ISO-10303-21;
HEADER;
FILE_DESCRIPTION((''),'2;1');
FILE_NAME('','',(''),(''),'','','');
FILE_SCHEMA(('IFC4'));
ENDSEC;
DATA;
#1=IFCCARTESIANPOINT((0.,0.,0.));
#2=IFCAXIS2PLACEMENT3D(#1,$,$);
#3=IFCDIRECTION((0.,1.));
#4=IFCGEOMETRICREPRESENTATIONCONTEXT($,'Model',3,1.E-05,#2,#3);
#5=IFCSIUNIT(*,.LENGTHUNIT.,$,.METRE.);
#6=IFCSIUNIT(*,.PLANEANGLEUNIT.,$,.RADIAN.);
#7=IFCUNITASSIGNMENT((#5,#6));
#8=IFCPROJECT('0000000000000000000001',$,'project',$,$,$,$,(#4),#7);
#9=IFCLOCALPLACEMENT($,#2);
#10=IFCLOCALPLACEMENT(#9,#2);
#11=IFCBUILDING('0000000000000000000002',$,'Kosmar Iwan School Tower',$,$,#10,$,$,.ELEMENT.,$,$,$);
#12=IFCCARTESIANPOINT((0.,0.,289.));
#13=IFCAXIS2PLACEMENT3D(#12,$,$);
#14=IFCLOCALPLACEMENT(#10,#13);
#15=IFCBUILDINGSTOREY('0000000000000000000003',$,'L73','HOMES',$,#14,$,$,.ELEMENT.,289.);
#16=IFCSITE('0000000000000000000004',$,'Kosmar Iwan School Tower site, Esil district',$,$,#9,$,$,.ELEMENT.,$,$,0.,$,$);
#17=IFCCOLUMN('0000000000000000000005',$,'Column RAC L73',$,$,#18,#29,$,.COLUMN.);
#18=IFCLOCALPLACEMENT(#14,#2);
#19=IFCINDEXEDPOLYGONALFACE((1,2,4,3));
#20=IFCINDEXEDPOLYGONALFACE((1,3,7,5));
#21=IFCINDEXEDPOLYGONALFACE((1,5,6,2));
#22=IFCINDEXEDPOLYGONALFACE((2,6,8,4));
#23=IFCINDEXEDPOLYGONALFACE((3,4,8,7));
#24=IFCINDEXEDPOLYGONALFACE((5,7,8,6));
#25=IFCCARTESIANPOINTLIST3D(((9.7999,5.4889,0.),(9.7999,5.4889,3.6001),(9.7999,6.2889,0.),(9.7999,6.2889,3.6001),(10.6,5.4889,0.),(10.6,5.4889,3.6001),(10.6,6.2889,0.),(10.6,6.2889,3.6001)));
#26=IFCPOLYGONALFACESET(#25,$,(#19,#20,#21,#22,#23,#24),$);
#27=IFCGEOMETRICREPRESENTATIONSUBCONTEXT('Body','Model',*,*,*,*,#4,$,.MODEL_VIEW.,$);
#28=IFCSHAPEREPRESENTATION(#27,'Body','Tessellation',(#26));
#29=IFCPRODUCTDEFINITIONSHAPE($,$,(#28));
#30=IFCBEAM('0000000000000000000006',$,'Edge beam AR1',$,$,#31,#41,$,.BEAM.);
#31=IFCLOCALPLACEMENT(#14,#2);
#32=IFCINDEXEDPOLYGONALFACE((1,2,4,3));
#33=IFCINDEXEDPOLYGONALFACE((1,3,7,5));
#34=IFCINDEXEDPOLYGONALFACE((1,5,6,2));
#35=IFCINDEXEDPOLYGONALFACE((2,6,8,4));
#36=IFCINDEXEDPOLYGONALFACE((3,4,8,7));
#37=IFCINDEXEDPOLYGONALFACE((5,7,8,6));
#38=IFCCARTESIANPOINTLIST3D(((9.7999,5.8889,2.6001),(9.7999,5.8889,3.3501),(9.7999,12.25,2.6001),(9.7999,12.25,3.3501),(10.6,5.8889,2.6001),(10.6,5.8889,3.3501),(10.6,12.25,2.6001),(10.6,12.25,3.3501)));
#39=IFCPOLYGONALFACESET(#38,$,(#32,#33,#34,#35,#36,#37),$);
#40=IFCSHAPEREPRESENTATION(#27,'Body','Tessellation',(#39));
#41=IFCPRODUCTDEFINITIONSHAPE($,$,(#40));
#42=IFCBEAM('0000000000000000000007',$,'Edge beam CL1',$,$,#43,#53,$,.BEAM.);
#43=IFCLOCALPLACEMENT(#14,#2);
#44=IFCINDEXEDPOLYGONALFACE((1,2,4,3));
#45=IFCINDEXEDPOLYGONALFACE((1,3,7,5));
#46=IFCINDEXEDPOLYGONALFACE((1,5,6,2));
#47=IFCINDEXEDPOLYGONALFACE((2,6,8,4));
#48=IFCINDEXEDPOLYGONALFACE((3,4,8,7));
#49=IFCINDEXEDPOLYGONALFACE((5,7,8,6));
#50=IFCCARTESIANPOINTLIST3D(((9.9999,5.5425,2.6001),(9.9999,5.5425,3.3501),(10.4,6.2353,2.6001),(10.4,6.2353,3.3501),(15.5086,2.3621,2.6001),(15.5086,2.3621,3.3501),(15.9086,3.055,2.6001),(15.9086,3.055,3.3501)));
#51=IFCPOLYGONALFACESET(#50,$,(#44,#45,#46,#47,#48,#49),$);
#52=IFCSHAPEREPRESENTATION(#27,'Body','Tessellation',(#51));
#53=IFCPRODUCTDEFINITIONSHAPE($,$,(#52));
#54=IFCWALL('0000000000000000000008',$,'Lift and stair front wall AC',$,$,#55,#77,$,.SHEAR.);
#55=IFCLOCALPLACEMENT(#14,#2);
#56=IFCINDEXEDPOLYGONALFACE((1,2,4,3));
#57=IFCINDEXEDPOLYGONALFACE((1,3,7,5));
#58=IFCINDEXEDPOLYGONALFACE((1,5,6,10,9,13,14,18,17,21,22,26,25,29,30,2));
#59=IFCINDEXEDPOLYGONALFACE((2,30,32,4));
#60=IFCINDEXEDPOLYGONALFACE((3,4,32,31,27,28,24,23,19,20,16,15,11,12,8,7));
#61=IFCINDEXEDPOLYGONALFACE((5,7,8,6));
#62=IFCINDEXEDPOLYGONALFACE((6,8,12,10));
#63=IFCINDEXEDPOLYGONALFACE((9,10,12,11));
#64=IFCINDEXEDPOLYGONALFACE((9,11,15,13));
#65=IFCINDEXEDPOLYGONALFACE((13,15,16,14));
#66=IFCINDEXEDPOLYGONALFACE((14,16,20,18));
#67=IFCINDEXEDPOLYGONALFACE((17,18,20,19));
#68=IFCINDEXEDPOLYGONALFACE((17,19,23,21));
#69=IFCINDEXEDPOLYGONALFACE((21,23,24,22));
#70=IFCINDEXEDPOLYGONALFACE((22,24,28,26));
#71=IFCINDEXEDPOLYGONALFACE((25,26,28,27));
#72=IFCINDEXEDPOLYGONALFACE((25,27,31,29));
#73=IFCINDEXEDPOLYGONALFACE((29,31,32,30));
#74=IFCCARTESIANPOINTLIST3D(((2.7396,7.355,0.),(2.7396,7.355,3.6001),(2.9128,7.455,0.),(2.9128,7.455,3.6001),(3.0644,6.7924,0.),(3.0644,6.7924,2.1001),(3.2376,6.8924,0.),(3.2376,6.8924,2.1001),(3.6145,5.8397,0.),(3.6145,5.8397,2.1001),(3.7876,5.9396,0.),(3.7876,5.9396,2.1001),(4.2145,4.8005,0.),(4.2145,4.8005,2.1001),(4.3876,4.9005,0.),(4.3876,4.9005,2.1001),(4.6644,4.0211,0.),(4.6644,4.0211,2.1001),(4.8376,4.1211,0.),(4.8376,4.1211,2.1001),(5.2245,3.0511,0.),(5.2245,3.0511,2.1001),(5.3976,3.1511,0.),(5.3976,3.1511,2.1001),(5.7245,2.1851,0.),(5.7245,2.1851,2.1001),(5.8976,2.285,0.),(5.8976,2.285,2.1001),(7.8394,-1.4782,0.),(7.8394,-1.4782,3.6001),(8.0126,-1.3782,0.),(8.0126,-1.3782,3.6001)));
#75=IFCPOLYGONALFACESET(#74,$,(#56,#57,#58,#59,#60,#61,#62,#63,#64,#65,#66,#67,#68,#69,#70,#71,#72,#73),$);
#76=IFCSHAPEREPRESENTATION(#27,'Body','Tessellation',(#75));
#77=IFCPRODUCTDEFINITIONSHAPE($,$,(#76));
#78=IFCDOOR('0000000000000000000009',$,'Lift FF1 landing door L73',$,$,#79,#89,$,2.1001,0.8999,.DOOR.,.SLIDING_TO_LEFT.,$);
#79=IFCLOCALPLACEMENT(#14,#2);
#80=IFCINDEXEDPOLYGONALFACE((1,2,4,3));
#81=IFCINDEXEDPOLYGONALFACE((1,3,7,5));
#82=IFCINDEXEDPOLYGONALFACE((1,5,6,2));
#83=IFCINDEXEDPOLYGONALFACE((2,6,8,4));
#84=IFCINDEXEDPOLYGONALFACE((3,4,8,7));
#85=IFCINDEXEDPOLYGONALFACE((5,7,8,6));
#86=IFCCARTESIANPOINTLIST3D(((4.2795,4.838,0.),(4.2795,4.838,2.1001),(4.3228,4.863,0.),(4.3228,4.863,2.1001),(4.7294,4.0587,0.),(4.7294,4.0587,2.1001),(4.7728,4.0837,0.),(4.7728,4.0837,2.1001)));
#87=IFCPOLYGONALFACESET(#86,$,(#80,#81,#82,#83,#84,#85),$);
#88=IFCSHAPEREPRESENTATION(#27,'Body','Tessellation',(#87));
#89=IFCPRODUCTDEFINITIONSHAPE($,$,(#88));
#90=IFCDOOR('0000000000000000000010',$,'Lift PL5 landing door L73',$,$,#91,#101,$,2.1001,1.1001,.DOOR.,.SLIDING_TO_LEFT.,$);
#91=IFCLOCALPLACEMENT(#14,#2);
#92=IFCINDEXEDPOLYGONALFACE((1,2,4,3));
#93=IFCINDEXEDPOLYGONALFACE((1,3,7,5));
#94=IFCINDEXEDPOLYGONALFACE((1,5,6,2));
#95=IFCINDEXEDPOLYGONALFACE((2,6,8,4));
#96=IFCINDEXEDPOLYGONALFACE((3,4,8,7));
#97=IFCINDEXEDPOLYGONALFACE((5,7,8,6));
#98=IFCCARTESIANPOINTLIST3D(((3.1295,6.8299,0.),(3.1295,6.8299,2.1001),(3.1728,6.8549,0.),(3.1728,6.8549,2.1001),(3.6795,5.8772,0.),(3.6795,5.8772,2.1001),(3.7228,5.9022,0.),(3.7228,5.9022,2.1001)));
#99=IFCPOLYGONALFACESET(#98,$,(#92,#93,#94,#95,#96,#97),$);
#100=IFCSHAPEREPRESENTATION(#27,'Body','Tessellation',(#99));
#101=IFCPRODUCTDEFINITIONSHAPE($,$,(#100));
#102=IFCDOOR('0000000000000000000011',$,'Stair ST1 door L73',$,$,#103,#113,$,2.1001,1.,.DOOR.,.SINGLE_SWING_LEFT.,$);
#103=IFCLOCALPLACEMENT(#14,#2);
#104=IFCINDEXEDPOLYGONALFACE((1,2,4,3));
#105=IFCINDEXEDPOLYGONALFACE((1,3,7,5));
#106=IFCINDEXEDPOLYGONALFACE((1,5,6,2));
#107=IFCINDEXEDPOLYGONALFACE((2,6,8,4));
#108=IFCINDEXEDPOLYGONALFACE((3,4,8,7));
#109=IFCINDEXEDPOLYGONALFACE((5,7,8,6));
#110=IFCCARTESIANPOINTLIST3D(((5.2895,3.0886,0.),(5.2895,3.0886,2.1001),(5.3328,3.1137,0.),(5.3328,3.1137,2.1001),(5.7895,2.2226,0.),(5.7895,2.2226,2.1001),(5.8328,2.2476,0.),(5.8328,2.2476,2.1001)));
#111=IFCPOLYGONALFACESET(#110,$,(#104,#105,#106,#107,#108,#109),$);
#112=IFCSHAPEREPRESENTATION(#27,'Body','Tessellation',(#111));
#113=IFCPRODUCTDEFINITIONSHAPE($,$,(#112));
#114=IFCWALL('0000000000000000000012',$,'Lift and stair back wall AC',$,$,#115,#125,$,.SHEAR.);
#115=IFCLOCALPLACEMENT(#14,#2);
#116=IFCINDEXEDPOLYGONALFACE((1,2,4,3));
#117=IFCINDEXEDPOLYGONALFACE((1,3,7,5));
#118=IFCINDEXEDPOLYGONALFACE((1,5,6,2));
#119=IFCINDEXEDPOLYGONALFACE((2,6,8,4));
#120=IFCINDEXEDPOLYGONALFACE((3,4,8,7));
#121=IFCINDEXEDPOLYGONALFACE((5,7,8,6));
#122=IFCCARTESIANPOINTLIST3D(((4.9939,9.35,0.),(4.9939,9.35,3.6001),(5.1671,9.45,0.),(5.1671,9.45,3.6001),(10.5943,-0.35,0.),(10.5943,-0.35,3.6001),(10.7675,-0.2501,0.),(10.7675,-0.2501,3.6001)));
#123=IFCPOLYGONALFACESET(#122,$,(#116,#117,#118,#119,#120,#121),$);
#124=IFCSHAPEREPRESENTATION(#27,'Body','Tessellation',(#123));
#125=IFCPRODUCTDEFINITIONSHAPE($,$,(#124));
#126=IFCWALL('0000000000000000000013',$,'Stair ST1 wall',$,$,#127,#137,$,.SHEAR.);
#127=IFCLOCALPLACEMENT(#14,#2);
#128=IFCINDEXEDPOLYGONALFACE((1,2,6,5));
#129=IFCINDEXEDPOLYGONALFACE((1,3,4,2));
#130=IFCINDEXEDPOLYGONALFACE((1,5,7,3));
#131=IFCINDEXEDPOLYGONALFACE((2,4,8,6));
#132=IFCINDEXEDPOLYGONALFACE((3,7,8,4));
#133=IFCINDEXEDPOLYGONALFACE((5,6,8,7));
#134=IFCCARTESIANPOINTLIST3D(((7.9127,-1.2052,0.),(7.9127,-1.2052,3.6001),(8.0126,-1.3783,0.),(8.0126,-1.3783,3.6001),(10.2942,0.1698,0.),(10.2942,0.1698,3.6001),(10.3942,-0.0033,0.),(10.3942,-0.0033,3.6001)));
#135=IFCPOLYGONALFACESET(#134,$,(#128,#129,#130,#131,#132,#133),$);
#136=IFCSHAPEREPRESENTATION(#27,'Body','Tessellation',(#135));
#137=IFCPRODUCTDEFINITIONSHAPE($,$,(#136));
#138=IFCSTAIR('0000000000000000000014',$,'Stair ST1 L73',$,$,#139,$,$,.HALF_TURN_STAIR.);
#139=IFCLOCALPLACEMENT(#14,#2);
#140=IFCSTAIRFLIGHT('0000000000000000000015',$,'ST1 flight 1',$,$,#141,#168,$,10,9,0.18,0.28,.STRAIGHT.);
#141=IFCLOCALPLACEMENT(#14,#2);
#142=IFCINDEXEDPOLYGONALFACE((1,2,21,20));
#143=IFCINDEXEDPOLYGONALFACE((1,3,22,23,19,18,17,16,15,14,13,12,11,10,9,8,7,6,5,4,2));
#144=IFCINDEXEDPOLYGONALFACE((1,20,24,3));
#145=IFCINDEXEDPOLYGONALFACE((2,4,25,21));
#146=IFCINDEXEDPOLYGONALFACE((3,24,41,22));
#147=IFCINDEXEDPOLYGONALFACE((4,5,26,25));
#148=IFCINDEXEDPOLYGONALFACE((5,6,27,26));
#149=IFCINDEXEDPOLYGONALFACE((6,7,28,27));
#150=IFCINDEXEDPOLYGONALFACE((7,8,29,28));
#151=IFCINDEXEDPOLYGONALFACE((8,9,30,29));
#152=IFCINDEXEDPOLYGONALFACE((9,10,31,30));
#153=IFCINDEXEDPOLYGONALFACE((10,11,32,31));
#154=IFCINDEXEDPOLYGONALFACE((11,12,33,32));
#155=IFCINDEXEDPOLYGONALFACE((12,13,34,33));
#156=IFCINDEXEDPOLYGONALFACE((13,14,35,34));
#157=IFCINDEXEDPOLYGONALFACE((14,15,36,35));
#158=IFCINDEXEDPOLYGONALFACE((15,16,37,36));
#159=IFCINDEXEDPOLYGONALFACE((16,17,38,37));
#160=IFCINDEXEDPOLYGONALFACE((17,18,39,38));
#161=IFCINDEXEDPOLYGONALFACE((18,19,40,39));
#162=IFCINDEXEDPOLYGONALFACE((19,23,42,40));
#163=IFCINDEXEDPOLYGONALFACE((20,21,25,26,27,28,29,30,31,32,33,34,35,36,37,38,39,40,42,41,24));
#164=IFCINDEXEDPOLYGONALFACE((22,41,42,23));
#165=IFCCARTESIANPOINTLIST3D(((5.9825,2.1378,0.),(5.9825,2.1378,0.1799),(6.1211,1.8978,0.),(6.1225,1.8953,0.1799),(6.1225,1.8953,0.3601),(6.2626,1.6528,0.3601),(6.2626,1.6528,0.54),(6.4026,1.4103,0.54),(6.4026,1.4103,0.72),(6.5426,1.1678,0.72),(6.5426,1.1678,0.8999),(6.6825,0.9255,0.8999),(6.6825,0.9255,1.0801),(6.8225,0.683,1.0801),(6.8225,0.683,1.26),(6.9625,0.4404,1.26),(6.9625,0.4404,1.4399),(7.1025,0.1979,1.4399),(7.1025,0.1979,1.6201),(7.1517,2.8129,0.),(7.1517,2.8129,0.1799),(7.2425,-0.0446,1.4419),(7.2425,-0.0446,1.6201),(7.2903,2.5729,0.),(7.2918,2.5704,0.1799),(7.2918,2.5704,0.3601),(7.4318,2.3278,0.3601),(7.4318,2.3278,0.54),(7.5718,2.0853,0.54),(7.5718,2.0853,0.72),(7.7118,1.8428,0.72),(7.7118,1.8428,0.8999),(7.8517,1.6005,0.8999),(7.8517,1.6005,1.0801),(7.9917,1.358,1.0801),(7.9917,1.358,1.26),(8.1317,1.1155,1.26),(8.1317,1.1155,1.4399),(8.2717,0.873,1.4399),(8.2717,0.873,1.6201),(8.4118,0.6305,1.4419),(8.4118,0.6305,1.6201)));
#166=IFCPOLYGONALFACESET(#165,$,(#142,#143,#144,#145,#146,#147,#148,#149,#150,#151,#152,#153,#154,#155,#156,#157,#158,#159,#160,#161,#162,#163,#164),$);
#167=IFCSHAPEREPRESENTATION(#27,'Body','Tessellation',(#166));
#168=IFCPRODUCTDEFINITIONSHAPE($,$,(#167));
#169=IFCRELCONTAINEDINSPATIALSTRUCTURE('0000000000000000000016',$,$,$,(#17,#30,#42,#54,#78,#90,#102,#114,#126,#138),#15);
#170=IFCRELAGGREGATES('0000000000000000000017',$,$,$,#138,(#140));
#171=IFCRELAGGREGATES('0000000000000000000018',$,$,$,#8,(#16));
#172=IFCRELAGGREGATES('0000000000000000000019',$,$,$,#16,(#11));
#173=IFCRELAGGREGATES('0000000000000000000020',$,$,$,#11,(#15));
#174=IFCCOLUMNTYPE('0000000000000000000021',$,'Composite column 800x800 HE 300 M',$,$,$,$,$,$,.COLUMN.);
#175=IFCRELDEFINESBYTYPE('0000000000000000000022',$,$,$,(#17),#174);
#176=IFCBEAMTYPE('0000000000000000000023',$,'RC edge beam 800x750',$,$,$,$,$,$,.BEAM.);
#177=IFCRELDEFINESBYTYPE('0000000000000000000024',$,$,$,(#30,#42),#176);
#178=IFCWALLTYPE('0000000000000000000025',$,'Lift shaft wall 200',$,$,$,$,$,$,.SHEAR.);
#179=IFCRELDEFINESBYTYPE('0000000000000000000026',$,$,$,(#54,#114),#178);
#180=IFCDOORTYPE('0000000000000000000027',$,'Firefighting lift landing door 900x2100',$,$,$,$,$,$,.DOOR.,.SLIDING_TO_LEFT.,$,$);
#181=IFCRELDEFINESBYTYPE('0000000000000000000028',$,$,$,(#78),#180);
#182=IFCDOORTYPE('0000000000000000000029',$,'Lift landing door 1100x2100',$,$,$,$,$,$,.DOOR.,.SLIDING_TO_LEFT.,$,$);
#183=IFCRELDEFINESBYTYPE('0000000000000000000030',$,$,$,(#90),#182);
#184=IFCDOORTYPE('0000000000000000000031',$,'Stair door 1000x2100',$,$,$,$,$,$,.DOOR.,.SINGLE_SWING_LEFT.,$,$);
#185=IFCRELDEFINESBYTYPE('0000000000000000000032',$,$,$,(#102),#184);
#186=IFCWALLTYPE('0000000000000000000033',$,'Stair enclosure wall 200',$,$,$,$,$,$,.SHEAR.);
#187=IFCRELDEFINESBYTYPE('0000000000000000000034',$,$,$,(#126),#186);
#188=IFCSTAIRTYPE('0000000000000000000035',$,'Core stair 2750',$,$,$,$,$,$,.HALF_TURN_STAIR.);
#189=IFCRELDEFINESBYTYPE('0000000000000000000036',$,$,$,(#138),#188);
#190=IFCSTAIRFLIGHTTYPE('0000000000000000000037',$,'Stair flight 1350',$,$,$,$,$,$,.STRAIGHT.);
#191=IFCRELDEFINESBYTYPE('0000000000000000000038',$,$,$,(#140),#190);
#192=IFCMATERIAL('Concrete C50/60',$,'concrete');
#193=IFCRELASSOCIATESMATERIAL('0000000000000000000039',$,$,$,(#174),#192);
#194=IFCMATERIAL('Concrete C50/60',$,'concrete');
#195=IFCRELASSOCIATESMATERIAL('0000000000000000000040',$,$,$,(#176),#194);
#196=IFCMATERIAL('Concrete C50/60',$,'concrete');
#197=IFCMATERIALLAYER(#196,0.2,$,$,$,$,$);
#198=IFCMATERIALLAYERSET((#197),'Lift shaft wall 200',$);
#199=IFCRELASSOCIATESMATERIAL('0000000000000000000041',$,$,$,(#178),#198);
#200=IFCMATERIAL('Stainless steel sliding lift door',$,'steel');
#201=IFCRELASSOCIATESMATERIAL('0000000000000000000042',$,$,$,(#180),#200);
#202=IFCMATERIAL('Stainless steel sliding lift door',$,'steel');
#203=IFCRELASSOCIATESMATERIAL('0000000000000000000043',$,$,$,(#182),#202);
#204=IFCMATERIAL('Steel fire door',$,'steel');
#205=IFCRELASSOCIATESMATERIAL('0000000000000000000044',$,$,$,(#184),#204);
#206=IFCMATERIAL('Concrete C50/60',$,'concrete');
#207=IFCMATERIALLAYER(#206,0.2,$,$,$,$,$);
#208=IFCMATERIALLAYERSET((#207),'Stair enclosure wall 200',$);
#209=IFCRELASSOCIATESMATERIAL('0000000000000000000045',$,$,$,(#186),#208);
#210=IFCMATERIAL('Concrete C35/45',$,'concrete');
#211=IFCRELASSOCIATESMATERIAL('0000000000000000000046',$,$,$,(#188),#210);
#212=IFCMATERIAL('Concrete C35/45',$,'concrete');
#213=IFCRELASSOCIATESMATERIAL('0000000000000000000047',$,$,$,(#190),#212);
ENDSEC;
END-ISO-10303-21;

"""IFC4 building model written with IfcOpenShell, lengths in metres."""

from ifc_helpers import new_model, si_unit, direction, frame, frame_2d, origin, origin_2d, place, context, subcontext, project, spatial, polyline, rectangle, outline, extrude, material, layer, layer_set, material_profile, profile_set, type_object, element, fill, aggregate, save


model = new_model("IFC4")

# Units and contexts
model_context = context("Model", 3, precision=1e-05, world=origin(), true_north=direction((0.0, 1.0)))
body_context = subcontext(model_context, "Body", "Model", "MODEL_VIEW")
ifc_project = project(units=[si_unit("LENGTHUNIT", "METRE"), si_unit("PLANEANGLEUNIT", "RADIAN")], contexts=[model_context])

# Site, building, storey
site_placement = place(None, origin())
site = spatial("IfcSite", under=ifc_project, at=site_placement, Name="Kosmar Iwan School Tower site, Esil district", CompositionType="ELEMENT", RefElevation=0.0)
building_placement = place(site_placement, origin())
building = spatial("IfcBuilding", under=site, at=building_placement, Name="Kosmar Iwan School Tower", CompositionType="ELEMENT")
storey_placement = place(building_placement, frame((0.0, 0.0, 289.0)))
storey = spatial("IfcBuildingStorey", under=building, at=storey_placement, Name="L73", Description="HOMES", CompositionType="ELEMENT", Elevation=289.0)

# Column
ifc_material_1 = material(Name="Concrete C50/60", Category="concrete")
ifc_material_profile_1 = material_profile(ifc_material_1, rectangle(XDim=0.8, YDim=0.8, at=origin_2d()), Name="RC 800x800 + HE 300 M")
ifc_profile_set_1 = profile_set([ifc_material_profile_1], Name="Concrete C50/60")
column_type = type_object("IfcColumnType", Name="Composite column 800x800 HE 300 M", PredefinedType="COLUMN", material=ifc_profile_set_1)
column_placement = place(storey_placement, frame((10.2, 5.8889, 0.0), z_axis=(0.0, 0.0, 1.0), x_axis=(1.0, 0.0, 0.0)))
element("IfcColumn", 1, at=column_placement, inside=storey, type_object=column_type, Name="Column RAC L73", PredefinedType="COLUMN", context=body_context, shape_type="SweptSolid", body=[
    extrude(rectangle(XDim=0.8, YDim=0.8, at=origin_2d()), origin(), (0.0, 0.0, 1.0), 3.6001),
])

# Beams
ifc_material_2 = material(Name="Concrete C50/60", Category="concrete")
ifc_material_profile_2 = material_profile(ifc_material_2, rectangle(XDim=0.8, YDim=0.75, at=origin_2d()), Name="RC 800x750")
ifc_profile_set_2 = profile_set([ifc_material_profile_2], Name="Concrete C50/60")
beam_type = type_object("IfcBeamType", Name="RC edge beam 800x750", PredefinedType="BEAM", material=ifc_profile_set_2)
beam_1_placement = place(storey_placement, frame((10.2, 5.8889, 2.9751), z_axis=(0.0, 1.0, 0.0), x_axis=(-1.0, 0.0, 0.0)))
element("IfcBeam", 2, at=beam_1_placement, inside=storey, type_object=beam_type, Name="Edge beam AR1", PredefinedType="BEAM", context=body_context, shape_type="SweptSolid", body=[
    extrude(rectangle(XDim=0.8, YDim=0.75, at=origin_2d()), origin(), (0.0, 0.0, 1.0), 6.3611),
])
beam_2_placement = place(storey_placement, frame((10.2, 5.8889, 2.9751), z_axis=(0.866031, -0.49999, 0.0), x_axis=(0.49999, 0.866031, 0.0)))
element("IfcBeam", 3, at=beam_2_placement, inside=storey, type_object=beam_type, Name="Edge beam CL1", PredefinedType="BEAM", context=body_context, shape_type="SweptSolid", body=[
    extrude(rectangle(XDim=0.8, YDim=0.75, at=origin_2d()), origin(), (0.0, 0.0, 1.0), 6.3608),
])

# Wall, openings, doors
ifc_material_3 = material(Name="Concrete C50/60", Category="concrete")
ifc_layer_1 = layer(ifc_material_3, 0.2)
ifc_layer_set_1 = layer_set([ifc_layer_1], Name="Lift shaft wall 200")
wall_type_1 = type_object("IfcWallType", Name="Lift shaft wall 200", PredefinedType="SHEAR", material=ifc_layer_set_1)
wall_1_placement = place(storey_placement, frame((7.926, -1.4282, 0.0), z_axis=(0.0, 0.0, 1.0), x_axis=(-0.499998, 0.866027, 0.0)))
wall_1 = element("IfcWall", 4, at=wall_1_placement, inside=storey, type_object=wall_type_1, Name="Lift and stair front wall AC", PredefinedType="SHEAR", context=body_context, shape_type="SweptSolid", body=[
    extrude(rectangle(XDim=10.1997, YDim=0.2, at=frame_2d((5.0999, 0.0))), origin(), (0.0, 0.0, 1.0), 3.6001),
])
opening_1_placement = place(wall_1_placement, frame((6.3501, 0.0, 0.0)))
opening_1 = element("IfcOpeningElement", 5, at=opening_1_placement, cuts=wall_1, PredefinedType="OPENING", context=body_context, shape_type="SweptSolid", body=[
    extrude(rectangle(XDim=0.8999, YDim=2.1001, at=frame_2d((0.45, 1.05))), frame((0.0, 0.1121, 0.0), z_axis=(0.0, -1.0, 0.0), x_axis=(1.0, 0.0, 0.0)), (0.0, 0.0, 1.0), 0.2239),
])
opening_2_placement = place(wall_1_placement, frame((8.45, 0.0, 0.0)))
opening_2 = element("IfcOpeningElement", 6, at=opening_2_placement, cuts=wall_1, PredefinedType="OPENING", context=body_context, shape_type="SweptSolid", body=[
    extrude(rectangle(XDim=1.1001, YDim=2.1001, at=frame_2d((0.55, 1.05))), frame((0.0, 0.1121, 0.0), z_axis=(0.0, -1.0, 0.0), x_axis=(1.0, 0.0, 0.0)), (0.0, 0.0, 1.0), 0.2239),
])
opening_3_placement = place(wall_1_placement, frame((4.23, 0.0, 0.0)))
opening_3 = element("IfcOpeningElement", 7, at=opening_3_placement, cuts=wall_1, PredefinedType="OPENING", context=body_context, shape_type="SweptSolid", body=[
    extrude(rectangle(XDim=1.0, YDim=2.1001, at=frame_2d((0.5, 1.05))), frame((0.0, 0.1121, 0.0), z_axis=(0.0, -1.0, 0.0), x_axis=(1.0, 0.0, 0.0)), (0.0, 0.0, 1.0), 0.2239),
])
ifc_material_4 = material(Name="Stainless steel sliding lift door", Category="steel")
door_type_1 = type_object("IfcDoorType", Name="Firefighting lift landing door 900x2100", OperationType="SLIDING_TO_LEFT", PredefinedType="DOOR", material=ifc_material_4)
door_1_placement = place(opening_1_placement, origin())
door_1 = element("IfcDoor", 8, at=door_1_placement, inside=storey, type_object=door_type_1, Name="Lift FF1 landing door L73", OperationType="SLIDING_TO_LEFT", OverallHeight=2.1001, OverallWidth=0.8999, PredefinedType="DOOR", context=body_context, shape_type="SweptSolid", body=[
    extrude(rectangle(XDim=0.8999, YDim=2.1001, at=frame_2d((0.45, 1.05))), frame((0.0, 0.0249, 0.0), z_axis=(0.0, -1.0, 0.0), x_axis=(1.0, 0.0, 0.0)), (0.0, 0.0, 1.0), 0.05),
])
fill(opening_1, door_1)
ifc_material_5 = material(Name="Stainless steel sliding lift door", Category="steel")
door_type_2 = type_object("IfcDoorType", Name="Lift landing door 1100x2100", OperationType="SLIDING_TO_LEFT", PredefinedType="DOOR", material=ifc_material_5)
door_2_placement = place(opening_2_placement, origin())
door_2 = element("IfcDoor", 9, at=door_2_placement, inside=storey, type_object=door_type_2, Name="Lift PL5 landing door L73", OperationType="SLIDING_TO_LEFT", OverallHeight=2.1001, OverallWidth=1.1001, PredefinedType="DOOR", context=body_context, shape_type="SweptSolid", body=[
    extrude(rectangle(XDim=1.1001, YDim=2.1001, at=frame_2d((0.55, 1.05))), frame((0.0, 0.0249, 0.0), z_axis=(0.0, -1.0, 0.0), x_axis=(1.0, 0.0, 0.0)), (0.0, 0.0, 1.0), 0.05),
])
fill(opening_2, door_2)
ifc_material_6 = material(Name="Steel fire door", Category="steel")
door_type_3 = type_object("IfcDoorType", Name="Stair door 1000x2100", OperationType="SINGLE_SWING_LEFT", PredefinedType="DOOR", material=ifc_material_6)
door_3_placement = place(opening_3_placement, origin())
door_3 = element("IfcDoor", 10, at=door_3_placement, inside=storey, type_object=door_type_3, Name="Stair ST1 door L73", OperationType="SINGLE_SWING_LEFT", OverallHeight=2.1001, OverallWidth=1.0, PredefinedType="DOOR", context=body_context, shape_type="SweptSolid", body=[
    extrude(rectangle(XDim=1.0, YDim=2.1001, at=frame_2d((0.5, 1.05))), frame((0.0, 0.0249, 0.0), z_axis=(0.0, -1.0, 0.0), x_axis=(1.0, 0.0, 0.0)), (0.0, 0.0, 1.0), 0.05),
])
fill(opening_3, door_3)

# Walls
wall_2_placement = place(storey_placement, frame((10.6809, -0.3, 0.0), z_axis=(0.0, 0.0, 1.0), x_axis=(-0.500005, 0.866023, 0.0)))
element("IfcWall", 11, at=wall_2_placement, inside=storey, type_object=wall_type_1, Name="Lift and stair back wall AC", PredefinedType="SHEAR", context=body_context, shape_type="SweptSolid", body=[
    extrude(rectangle(XDim=11.2007, YDim=0.2, at=frame_2d((5.6003, 0.0))), origin(), (0.0, 0.0, 1.0), 3.6001),
])
ifc_material_7 = material(Name="Concrete C50/60", Category="concrete")
ifc_layer_2 = layer(ifc_material_7, 0.2)
ifc_layer_set_2 = layer_set([ifc_layer_2], Name="Stair enclosure wall 200")
wall_type_2 = type_object("IfcWallType", Name="Stair enclosure wall 200", PredefinedType="SHEAR", material=ifc_layer_set_2)
wall_3_placement = place(storey_placement, frame((7.9626, -1.2917, 0.0), z_axis=(0.0, 0.0, 1.0), x_axis=(0.866027, 0.499997, 0.0)))
element("IfcWall", 12, at=wall_3_placement, inside=storey, type_object=wall_type_2, Name="Stair ST1 wall", PredefinedType="SHEAR", context=body_context, shape_type="SweptSolid", body=[
    extrude(rectangle(XDim=2.75, YDim=0.2, at=frame_2d((1.375, 0.0))), origin(), (0.0, 0.0, 1.0), 3.6001),
])

# Stair, stair flight
ifc_material_8 = material(Name="Concrete C35/45", Category="concrete")
stair_type = type_object("IfcStairType", Name="Core stair 2750", PredefinedType="HALF_TURN_STAIR", material=ifc_material_8)
stair_placement = place(storey_placement, origin())
stair = element("IfcStair", 13, at=stair_placement, inside=storey, type_object=stair_type, Name="Stair ST1 L73", PredefinedType="HALF_TURN_STAIR")
ifc_material_9 = material(Name="Concrete C35/45", Category="concrete")
stair_flight_type = type_object("IfcStairFlightType", Name="Stair flight 1350", PredefinedType="STRAIGHT", material=ifc_material_9)
stair_flight_1_placement = place(storey_placement, frame((6.5671, 2.4753, 0.0), z_axis=(0.0, 0.0, 1.0), x_axis=(0.5, -0.866025, 0.0)))
stair_flight_1 = element("IfcStairFlight", 14, at=stair_flight_1_placement, type_object=stair_flight_type, Name="ST1 flight 1", NumberOfRisers=10, NumberOfTreads=9, PredefinedType="STRAIGHT", RiserHeight=0.18, TreadLength=0.28, context=body_context, shape_type="SweptSolid", body=[
    extrude(outline(polyline([(0.0, 0.0), (0.0, 0.1799), (0.28, 0.1799), (0.28, 0.3601), (0.5601, 0.3601), (0.5601, 0.54), (0.8401, 0.54), (0.8401, 0.72), (1.1201, 0.72), (1.1201, 0.8999), (1.3999, 0.8999), (1.3999, 1.0801), (1.6799, 1.0801), (1.6799, 1.26), (1.96, 1.26), (1.96, 1.4399), (2.24, 1.4399), (2.24, 1.6201), (2.52, 1.6201), (2.52, 1.8), (2.52, 1.4419), (0.2771, 0.0), (0.0, 0.0)])), frame((0.0, 0.675, 0.0), z_axis=(0.0, -1.0, 0.0), x_axis=(1.0, 0.0, 0.0)), (0.0, 0.0, 1.0), 1.3501),
])
aggregate(stair, [stair_flight_1])

save(model, "model.ifc")
